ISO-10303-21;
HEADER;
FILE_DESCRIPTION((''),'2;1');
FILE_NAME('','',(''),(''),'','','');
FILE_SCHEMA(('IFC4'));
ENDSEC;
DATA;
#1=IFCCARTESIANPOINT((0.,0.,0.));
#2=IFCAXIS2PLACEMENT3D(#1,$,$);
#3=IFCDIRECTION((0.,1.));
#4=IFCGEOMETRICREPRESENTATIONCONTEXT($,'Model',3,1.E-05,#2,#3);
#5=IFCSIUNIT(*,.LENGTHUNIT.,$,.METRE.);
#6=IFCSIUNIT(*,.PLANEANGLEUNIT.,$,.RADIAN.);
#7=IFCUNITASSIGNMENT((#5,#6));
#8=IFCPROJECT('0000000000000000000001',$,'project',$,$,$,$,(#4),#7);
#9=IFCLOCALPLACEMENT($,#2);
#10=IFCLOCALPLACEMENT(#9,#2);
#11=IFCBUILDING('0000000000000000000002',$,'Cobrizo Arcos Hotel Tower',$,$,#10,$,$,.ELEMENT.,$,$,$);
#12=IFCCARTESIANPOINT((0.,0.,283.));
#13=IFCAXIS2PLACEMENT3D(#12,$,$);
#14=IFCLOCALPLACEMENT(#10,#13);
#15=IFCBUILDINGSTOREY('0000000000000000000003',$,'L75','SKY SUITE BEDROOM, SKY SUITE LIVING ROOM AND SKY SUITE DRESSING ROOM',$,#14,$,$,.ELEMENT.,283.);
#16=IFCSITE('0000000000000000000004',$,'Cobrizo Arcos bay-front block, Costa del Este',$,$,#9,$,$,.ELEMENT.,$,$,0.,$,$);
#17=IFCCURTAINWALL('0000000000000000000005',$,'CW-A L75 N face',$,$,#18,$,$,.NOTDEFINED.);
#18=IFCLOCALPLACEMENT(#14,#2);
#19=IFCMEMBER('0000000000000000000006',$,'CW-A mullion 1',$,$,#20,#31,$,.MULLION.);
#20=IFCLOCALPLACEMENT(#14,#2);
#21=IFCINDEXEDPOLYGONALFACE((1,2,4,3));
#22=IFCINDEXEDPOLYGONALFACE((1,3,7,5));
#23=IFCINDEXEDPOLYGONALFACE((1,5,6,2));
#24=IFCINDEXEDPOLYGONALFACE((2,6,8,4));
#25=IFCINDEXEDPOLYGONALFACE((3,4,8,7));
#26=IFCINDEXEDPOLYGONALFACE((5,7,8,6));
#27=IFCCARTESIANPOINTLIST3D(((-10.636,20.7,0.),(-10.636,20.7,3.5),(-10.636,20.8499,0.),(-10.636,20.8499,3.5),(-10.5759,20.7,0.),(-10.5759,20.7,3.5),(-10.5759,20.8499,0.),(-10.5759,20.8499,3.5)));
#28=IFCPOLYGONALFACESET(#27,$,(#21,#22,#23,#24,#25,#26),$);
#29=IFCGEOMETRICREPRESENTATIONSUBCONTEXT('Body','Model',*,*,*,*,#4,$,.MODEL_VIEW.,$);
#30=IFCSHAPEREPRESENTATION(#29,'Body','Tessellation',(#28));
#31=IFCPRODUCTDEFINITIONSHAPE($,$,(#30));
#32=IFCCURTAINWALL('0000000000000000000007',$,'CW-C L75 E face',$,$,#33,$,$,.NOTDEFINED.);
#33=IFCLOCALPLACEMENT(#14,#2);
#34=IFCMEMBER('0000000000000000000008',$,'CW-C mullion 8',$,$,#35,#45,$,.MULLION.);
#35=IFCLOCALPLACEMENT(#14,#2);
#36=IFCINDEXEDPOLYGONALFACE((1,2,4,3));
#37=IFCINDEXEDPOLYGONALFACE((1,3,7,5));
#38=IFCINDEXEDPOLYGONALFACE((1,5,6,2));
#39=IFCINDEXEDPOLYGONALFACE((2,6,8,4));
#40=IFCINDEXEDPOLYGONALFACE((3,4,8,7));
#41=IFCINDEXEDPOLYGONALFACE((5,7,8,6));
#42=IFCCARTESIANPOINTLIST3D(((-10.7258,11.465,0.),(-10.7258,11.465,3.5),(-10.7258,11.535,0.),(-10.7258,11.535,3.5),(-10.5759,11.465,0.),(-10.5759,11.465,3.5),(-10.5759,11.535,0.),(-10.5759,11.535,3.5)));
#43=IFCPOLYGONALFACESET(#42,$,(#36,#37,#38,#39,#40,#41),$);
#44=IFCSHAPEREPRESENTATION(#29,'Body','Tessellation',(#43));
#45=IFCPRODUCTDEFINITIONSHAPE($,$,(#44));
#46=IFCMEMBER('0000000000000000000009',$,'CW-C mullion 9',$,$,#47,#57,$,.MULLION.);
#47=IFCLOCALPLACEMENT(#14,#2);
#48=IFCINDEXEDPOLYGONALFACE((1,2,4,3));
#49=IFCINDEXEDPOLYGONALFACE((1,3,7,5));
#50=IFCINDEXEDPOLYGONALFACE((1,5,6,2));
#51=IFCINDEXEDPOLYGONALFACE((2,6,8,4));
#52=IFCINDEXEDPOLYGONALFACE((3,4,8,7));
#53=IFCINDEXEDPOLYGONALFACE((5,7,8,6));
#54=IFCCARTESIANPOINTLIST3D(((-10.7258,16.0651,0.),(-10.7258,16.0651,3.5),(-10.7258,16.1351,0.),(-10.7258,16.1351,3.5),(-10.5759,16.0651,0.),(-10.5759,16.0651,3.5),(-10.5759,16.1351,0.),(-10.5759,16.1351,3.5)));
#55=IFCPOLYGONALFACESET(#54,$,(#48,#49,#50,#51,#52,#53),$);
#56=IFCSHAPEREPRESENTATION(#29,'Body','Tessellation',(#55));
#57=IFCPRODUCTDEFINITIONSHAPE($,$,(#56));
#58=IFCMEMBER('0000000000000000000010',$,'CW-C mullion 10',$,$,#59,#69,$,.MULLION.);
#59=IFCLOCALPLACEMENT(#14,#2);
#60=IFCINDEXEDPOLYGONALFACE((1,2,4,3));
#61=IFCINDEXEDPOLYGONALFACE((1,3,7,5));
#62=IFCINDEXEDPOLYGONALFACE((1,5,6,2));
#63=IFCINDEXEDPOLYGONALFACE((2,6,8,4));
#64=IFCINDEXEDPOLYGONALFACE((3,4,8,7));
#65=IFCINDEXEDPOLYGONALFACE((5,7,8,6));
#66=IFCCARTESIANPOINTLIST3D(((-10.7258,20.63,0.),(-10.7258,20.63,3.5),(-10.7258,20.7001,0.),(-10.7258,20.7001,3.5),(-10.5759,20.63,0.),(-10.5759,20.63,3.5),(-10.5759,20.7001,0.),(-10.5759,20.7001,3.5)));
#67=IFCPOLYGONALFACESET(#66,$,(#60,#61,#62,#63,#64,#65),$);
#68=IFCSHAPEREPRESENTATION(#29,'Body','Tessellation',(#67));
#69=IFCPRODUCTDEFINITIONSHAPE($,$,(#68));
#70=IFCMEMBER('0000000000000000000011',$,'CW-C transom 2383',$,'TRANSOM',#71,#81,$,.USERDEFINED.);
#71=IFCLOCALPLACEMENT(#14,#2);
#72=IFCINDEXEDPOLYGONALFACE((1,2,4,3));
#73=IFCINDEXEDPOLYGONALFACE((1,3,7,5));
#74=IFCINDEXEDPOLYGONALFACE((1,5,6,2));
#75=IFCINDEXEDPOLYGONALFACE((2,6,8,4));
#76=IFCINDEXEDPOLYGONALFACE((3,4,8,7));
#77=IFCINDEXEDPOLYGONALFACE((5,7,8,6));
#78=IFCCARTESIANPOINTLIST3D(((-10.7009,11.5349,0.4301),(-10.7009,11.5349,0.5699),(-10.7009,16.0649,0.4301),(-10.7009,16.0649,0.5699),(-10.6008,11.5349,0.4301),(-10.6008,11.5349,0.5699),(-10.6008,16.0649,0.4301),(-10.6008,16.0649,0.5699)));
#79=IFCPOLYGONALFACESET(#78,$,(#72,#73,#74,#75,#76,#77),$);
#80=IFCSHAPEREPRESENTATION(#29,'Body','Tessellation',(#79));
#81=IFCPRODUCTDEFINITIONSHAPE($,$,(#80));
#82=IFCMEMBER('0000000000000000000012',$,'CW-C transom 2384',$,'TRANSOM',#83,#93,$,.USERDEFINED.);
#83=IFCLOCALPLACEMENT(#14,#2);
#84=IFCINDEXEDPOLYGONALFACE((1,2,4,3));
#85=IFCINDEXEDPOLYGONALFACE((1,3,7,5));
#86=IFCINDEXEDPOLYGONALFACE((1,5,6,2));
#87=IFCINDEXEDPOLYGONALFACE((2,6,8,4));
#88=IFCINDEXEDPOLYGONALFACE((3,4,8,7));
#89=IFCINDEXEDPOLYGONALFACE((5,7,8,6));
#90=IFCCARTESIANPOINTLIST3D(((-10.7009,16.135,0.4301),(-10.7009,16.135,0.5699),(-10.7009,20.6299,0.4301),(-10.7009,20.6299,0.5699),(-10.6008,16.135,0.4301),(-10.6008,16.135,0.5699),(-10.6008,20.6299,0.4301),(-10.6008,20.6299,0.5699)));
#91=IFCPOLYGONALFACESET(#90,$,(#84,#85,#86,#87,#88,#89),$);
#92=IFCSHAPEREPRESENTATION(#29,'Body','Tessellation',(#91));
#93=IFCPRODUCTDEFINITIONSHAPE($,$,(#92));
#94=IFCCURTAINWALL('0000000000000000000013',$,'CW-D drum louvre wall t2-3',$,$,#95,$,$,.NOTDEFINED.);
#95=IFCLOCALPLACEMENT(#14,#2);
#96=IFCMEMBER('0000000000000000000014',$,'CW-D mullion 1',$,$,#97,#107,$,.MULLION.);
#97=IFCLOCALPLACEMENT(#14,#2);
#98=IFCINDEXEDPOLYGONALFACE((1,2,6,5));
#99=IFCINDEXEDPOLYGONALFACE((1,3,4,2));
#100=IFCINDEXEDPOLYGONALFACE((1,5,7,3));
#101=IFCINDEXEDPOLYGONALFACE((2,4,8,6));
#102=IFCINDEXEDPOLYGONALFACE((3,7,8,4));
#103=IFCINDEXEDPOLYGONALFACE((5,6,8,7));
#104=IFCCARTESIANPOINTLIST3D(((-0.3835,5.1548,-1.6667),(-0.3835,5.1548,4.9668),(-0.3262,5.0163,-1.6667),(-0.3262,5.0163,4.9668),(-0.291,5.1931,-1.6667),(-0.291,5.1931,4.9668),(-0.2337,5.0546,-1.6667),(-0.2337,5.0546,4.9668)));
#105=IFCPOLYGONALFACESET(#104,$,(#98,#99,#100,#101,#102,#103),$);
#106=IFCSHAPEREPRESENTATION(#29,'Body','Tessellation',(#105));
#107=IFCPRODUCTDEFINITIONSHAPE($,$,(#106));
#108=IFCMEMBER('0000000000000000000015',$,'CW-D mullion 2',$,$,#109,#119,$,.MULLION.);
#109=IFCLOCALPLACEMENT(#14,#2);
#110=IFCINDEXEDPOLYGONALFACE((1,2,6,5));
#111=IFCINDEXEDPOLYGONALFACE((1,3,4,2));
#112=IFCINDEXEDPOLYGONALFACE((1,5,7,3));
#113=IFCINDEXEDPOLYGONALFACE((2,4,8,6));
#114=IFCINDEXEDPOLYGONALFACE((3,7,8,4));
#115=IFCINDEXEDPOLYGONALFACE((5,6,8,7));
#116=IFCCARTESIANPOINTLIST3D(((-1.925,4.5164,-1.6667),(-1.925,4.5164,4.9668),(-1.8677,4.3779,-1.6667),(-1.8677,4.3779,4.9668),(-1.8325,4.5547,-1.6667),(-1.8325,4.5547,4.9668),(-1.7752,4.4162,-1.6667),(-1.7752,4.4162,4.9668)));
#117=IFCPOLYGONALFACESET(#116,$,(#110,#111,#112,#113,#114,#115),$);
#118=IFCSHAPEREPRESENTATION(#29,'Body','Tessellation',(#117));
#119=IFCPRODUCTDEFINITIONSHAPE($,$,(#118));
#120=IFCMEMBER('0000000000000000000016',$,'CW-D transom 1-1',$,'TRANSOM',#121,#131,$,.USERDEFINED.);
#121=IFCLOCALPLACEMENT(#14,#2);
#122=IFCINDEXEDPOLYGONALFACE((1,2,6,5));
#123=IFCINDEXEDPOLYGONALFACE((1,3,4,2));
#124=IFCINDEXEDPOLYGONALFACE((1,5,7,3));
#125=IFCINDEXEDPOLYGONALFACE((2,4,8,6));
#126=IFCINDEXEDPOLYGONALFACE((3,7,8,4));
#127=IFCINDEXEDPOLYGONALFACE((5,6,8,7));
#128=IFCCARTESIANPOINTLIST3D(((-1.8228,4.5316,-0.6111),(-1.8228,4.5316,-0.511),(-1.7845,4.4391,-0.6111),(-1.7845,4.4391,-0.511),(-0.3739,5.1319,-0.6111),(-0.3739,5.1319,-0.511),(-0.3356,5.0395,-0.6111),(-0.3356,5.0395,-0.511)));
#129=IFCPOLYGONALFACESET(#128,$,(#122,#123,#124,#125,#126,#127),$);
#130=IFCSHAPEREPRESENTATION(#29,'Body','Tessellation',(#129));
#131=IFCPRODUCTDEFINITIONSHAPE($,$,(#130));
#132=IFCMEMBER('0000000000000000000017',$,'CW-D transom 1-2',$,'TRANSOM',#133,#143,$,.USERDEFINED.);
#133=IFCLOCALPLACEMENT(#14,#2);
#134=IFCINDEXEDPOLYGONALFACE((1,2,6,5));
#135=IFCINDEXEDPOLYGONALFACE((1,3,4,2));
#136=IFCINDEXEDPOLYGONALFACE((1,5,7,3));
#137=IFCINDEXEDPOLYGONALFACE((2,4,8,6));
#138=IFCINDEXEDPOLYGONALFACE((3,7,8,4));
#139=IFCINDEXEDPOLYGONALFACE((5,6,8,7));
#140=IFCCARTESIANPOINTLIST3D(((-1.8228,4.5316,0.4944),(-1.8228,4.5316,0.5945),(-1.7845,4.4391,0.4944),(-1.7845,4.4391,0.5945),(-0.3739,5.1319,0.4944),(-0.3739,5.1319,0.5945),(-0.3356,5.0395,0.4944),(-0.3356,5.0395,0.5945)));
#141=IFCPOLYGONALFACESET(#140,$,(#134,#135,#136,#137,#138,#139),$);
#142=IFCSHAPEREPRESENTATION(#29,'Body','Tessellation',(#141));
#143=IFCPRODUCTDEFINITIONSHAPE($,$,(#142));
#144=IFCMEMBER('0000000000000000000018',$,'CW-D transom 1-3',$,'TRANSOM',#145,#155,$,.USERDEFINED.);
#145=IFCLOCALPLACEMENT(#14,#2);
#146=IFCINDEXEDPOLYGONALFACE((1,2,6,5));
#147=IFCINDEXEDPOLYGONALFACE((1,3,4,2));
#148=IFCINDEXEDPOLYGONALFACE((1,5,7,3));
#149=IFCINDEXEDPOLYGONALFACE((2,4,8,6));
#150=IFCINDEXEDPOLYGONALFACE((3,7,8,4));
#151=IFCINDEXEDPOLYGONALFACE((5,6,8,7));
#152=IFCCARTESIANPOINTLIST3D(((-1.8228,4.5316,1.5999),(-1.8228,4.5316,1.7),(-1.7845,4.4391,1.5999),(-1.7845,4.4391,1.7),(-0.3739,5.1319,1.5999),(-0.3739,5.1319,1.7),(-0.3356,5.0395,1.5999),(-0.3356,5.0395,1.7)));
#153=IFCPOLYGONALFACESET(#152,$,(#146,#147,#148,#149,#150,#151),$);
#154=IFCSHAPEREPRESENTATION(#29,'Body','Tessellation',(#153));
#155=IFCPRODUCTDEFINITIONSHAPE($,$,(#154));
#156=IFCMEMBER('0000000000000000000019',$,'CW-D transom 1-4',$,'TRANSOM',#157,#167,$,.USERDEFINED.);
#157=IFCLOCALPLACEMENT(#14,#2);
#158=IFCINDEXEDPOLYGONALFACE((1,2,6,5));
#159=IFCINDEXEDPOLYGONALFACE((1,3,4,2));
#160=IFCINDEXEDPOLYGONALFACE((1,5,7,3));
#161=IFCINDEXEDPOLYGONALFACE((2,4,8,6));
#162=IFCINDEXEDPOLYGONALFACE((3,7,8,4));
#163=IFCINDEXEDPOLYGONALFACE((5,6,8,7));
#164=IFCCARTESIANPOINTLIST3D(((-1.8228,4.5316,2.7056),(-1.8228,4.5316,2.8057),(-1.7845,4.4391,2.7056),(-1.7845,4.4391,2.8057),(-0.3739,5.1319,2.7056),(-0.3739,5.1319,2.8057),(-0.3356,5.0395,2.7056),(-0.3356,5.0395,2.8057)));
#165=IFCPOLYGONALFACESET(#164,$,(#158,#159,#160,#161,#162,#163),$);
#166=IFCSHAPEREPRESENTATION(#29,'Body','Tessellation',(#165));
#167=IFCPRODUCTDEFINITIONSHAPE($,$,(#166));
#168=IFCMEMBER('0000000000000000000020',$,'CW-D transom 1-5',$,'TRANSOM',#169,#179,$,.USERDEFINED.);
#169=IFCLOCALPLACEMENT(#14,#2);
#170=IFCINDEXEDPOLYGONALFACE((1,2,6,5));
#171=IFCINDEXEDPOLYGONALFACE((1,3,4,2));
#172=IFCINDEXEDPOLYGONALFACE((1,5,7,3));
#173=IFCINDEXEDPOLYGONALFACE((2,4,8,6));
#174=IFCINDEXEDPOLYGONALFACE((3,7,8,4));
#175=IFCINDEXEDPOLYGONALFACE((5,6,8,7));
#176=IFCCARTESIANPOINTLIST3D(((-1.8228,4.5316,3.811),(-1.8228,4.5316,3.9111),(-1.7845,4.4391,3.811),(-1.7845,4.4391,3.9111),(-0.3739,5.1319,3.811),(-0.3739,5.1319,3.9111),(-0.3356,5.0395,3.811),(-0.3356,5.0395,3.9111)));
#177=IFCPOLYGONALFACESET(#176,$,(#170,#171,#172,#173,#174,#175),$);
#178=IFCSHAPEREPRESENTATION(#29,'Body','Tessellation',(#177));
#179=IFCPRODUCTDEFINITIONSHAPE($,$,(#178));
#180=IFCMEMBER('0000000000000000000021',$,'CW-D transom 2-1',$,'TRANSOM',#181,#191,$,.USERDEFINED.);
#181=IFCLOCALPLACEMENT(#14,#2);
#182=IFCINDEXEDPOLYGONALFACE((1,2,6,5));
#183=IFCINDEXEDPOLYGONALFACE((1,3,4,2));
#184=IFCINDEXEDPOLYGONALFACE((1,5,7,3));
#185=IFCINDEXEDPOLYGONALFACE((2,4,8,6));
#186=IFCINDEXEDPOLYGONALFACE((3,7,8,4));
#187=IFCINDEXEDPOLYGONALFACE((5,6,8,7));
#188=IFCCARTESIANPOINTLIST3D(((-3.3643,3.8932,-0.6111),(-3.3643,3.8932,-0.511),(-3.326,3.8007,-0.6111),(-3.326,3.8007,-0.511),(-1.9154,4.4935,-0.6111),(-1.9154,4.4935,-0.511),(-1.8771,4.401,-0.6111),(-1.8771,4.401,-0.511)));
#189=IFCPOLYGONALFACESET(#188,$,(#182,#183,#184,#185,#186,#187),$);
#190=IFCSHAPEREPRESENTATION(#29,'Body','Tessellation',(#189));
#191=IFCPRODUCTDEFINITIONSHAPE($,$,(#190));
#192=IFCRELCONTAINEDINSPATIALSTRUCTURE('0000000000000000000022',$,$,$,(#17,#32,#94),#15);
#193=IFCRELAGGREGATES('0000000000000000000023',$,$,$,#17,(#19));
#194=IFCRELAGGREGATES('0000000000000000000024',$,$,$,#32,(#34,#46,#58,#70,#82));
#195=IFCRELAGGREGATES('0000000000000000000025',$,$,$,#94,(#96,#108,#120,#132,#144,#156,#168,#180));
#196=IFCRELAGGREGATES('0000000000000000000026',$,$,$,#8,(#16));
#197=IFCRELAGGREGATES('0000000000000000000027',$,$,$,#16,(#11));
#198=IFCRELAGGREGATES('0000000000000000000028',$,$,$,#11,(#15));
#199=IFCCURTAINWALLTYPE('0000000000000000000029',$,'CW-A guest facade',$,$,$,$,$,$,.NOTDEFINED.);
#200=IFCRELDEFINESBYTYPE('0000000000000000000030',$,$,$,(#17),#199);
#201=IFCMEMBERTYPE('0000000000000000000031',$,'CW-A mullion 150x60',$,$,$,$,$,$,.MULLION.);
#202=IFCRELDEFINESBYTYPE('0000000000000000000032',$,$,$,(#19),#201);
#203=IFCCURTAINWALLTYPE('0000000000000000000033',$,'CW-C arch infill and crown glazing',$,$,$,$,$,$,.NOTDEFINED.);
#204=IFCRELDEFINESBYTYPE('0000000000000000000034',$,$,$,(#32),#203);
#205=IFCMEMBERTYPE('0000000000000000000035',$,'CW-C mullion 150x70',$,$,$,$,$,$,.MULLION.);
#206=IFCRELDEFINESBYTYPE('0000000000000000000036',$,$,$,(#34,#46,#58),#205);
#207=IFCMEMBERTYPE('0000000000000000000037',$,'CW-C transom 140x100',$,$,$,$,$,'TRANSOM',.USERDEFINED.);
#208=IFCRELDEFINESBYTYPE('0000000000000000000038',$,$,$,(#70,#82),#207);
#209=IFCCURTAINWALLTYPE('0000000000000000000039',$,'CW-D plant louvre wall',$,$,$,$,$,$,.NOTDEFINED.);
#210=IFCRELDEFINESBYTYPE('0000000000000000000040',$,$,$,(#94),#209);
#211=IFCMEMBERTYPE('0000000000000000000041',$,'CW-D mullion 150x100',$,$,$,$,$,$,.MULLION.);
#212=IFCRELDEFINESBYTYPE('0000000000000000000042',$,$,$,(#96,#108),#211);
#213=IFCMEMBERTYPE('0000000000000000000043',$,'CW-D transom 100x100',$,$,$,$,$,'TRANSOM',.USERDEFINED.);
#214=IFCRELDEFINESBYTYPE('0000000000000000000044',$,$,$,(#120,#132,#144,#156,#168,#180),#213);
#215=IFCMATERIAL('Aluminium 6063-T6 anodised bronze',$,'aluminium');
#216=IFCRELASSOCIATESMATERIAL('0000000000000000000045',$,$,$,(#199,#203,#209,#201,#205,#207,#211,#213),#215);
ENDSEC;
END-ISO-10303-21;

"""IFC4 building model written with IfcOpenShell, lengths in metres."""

from ifc_helpers import new_model, si_unit, direction, frame, origin, origin_2d, place, context, subcontext, project, spatial, rectangle, extrude, material, material_profile, profile_set, type_object, element, aggregate, save


model = new_model("IFC4")

# Units and contexts
model_context = context("Model", 3, precision=1e-05, world=origin(), true_north=direction((0.0, 1.0)))
body_context = subcontext(model_context, "Body", "Model", "MODEL_VIEW")
ifc_project = project(units=[si_unit("LENGTHUNIT", "METRE"), si_unit("PLANEANGLEUNIT", "RADIAN")], contexts=[model_context])

# Site, building, storey
site_placement = place(None, origin())
site = spatial("IfcSite", under=ifc_project, at=site_placement, Name="Cobrizo Arcos bay-front block, Costa del Este", CompositionType="ELEMENT", RefElevation=0.0)
building_placement = place(site_placement, origin())
building = spatial("IfcBuilding", under=site, at=building_placement, Name="Cobrizo Arcos Hotel Tower", CompositionType="ELEMENT")
storey_placement = place(building_placement, frame((0.0, 0.0, 283.0)))
storey = spatial("IfcBuildingStorey", under=building, at=storey_placement, Name="L75", Description="SKY SUITE BEDROOM, SKY SUITE LIVING ROOM AND SKY SUITE DRESSING ROOM", CompositionType="ELEMENT", Elevation=283.0)

# Curtain wall, member
ifc_material_1 = material(Name="Aluminium 6063-T6 anodised bronze", Category="aluminium")
curtain_wall_type_1 = type_object("IfcCurtainWallType", Name="CW-A guest facade", PredefinedType="NOTDEFINED", material=ifc_material_1)
curtain_wall_1_placement = place(storey_placement, origin())
curtain_wall_1 = element("IfcCurtainWall", 1, at=curtain_wall_1_placement, inside=storey, type_object=curtain_wall_type_1, Name="CW-A L75 N face", PredefinedType="NOTDEFINED")
ifc_material_profile_1 = material_profile(ifc_material_1, rectangle(XDim=0.1499, YDim=0.0601, at=origin_2d()), Name="CW-A mullion 150x60")
ifc_profile_set_1 = profile_set([ifc_material_profile_1], Name="Aluminium 6063-T6 anodised bronze")
member_type_1 = type_object("IfcMemberType", Name="CW-A mullion 150x60", PredefinedType="MULLION", material=ifc_profile_set_1)
member_1_placement = place(storey_placement, frame((-10.606, 20.7749, 0.0), z_axis=(0.0, 0.0, 1.0), x_axis=(0.0, 1.0, 0.0)))
member_1 = element("IfcMember", 2, at=member_1_placement, type_object=member_type_1, Name="CW-A mullion 1", PredefinedType="MULLION", context=body_context, shape_type="SweptSolid", body=[
    extrude(rectangle(XDim=0.1499, YDim=0.0601, at=origin_2d()), origin(), (0.0, 0.0, 1.0), 3.5),
])
aggregate(curtain_wall_1, [member_1])

# Curtain walls, members
curtain_wall_type_2 = type_object("IfcCurtainWallType", Name="CW-C arch infill and crown glazing", PredefinedType="NOTDEFINED", material=ifc_material_1)
curtain_wall_2_placement = place(storey_placement, origin())
curtain_wall_2 = element("IfcCurtainWall", 3, at=curtain_wall_2_placement, inside=storey, type_object=curtain_wall_type_2, Name="CW-C L75 E face", PredefinedType="NOTDEFINED")
ifc_material_profile_2 = material_profile(ifc_material_1, rectangle(XDim=0.1499, YDim=0.0701, at=origin_2d()), Name="CW-C mullion 150x70")
ifc_profile_set_2 = profile_set([ifc_material_profile_2], Name="Aluminium 6063-T6 anodised bronze")
member_type_2 = type_object("IfcMemberType", Name="CW-C mullion 150x70", PredefinedType="MULLION", material=ifc_profile_set_2)
member_2_placement = place(storey_placement, frame((-10.6509, 11.5, 0.0), z_axis=(0.0, 0.0, 1.0), x_axis=(1.0, 0.0, 0.0)))
member_2 = element("IfcMember", 4, at=member_2_placement, type_object=member_type_2, Name="CW-C mullion 8", PredefinedType="MULLION", context=body_context, shape_type="SweptSolid", body=[
    extrude(rectangle(XDim=0.1499, YDim=0.0701, at=origin_2d()), origin(), (0.0, 0.0, 1.0), 3.5),
])
member_3_placement = place(storey_placement, frame((-10.6509, 16.1001, 0.0), z_axis=(0.0, 0.0, 1.0), x_axis=(1.0, 0.0, 0.0)))
member_3 = element("IfcMember", 5, at=member_3_placement, type_object=member_type_2, Name="CW-C mullion 9", PredefinedType="MULLION", context=body_context, shape_type="SweptSolid", body=[
    extrude(rectangle(XDim=0.1499, YDim=0.0701, at=origin_2d()), origin(), (0.0, 0.0, 1.0), 3.5),
])
member_4_placement = place(storey_placement, frame((-10.6509, 20.665, 0.0), z_axis=(0.0, 0.0, 1.0), x_axis=(1.0, 0.0, 0.0)))
member_4 = element("IfcMember", 6, at=member_4_placement, type_object=member_type_2, Name="CW-C mullion 10", PredefinedType="MULLION", context=body_context, shape_type="SweptSolid", body=[
    extrude(rectangle(XDim=0.1499, YDim=0.0701, at=origin_2d()), origin(), (0.0, 0.0, 1.0), 3.5),
])
ifc_material_profile_3 = material_profile(ifc_material_1, rectangle(XDim=0.1001, YDim=0.1399, at=origin_2d()), Name="CW-C transom 140x100")
ifc_profile_set_3 = profile_set([ifc_material_profile_3], Name="Aluminium 6063-T6 anodised bronze")
member_type_3 = type_object("IfcMemberType", Name="CW-C transom 140x100", ElementType="TRANSOM", PredefinedType="USERDEFINED", material=ifc_profile_set_3)
member_5_placement = place(storey_placement, frame((-10.6509, 11.5349, 0.5), z_axis=(0.0, 1.0, 0.0), x_axis=(-1.0, 0.0, 0.0)))
member_5 = element("IfcMember", 7, at=member_5_placement, type_object=member_type_3, Name="CW-C transom 2383", ObjectType="TRANSOM", PredefinedType="USERDEFINED", context=body_context, shape_type="SweptSolid", body=[
    extrude(rectangle(XDim=0.1001, YDim=0.1399, at=origin_2d()), origin(), (0.0, 0.0, 1.0), 4.53),
])
member_6_placement = place(storey_placement, frame((-10.6509, 16.135, 0.5), z_axis=(0.0, 1.0, 0.0), x_axis=(-1.0, 0.0, 0.0)))
member_6 = element("IfcMember", 8, at=member_6_placement, type_object=member_type_3, Name="CW-C transom 2384", ObjectType="TRANSOM", PredefinedType="USERDEFINED", context=body_context, shape_type="SweptSolid", body=[
    extrude(rectangle(XDim=0.1001, YDim=0.1399, at=origin_2d()), origin(), (0.0, 0.0, 1.0), 4.4949),
])
curtain_wall_type_3 = type_object("IfcCurtainWallType", Name="CW-D plant louvre wall", PredefinedType="NOTDEFINED", material=ifc_material_1)
curtain_wall_3_placement = place(storey_placement, origin())
curtain_wall_3 = element("IfcCurtainWall", 9, at=curtain_wall_3_placement, inside=storey, type_object=curtain_wall_type_3, Name="CW-D drum louvre wall t2-3", PredefinedType="NOTDEFINED")
ifc_material_profile_4 = material_profile(ifc_material_1, rectangle(XDim=0.1499, YDim=0.1001, at=origin_2d()), Name="CW-D mullion 150x100")
ifc_profile_set_4 = profile_set([ifc_material_profile_4], Name="Aluminium 6063-T6 anodised bronze")
member_type_4 = type_object("IfcMemberType", Name="CW-D mullion 150x100", PredefinedType="MULLION", material=ifc_profile_set_4)
member_7_placement = place(storey_placement, frame((-0.3086, 5.1047, -1.6667), z_axis=(0.0, 0.0, 1.0), x_axis=(-0.382683, 0.92388, 0.0)))
member_7 = element("IfcMember", 10, at=member_7_placement, type_object=member_type_4, Name="CW-D mullion 1", PredefinedType="MULLION", context=body_context, shape_type="SweptSolid", body=[
    extrude(rectangle(XDim=0.1499, YDim=0.1001, at=origin_2d()), origin(), (0.0, 0.0, 1.0), 6.6335),
])
member_8_placement = place(storey_placement, frame((-1.8501, 4.4663, -1.6667), z_axis=(0.0, 0.0, 1.0), x_axis=(-0.382683, 0.92388, 0.0)))
member_8 = element("IfcMember", 11, at=member_8_placement, type_object=member_type_4, Name="CW-D mullion 2", PredefinedType="MULLION", context=body_context, shape_type="SweptSolid", body=[
    extrude(rectangle(XDim=0.1499, YDim=0.1001, at=origin_2d()), origin(), (0.0, 0.0, 1.0), 6.6335),
])
ifc_material_profile_5 = material_profile(ifc_material_1, rectangle(XDim=0.1001, YDim=0.1001, at=origin_2d()), Name="CW-D transom 100x100")
ifc_profile_set_5 = profile_set([ifc_material_profile_5], Name="Aluminium 6063-T6 anodised bronze")
member_type_5 = type_object("IfcMemberType", Name="CW-D transom 100x100", ElementType="TRANSOM", PredefinedType="USERDEFINED", material=ifc_profile_set_5)
member_9_placement = place(storey_placement, frame((-0.3547, 5.0857, -0.561), z_axis=(-0.923844, -0.382769, 0.0), x_axis=(0.382769, -0.923844, 0.0)))
member_9 = element("IfcMember", 12, at=member_9_placement, type_object=member_type_5, Name="CW-D transom 1-1", ObjectType="TRANSOM", PredefinedType="USERDEFINED", context=body_context, shape_type="SweptSolid", body=[
    extrude(rectangle(XDim=0.1001, YDim=0.1001, at=origin_2d()), origin(), (0.0, 0.0, 1.0), 1.5684),
])
member_10_placement = place(storey_placement, frame((-0.3547, 5.0857, 0.5444), z_axis=(-0.923844, -0.382769, 0.0), x_axis=(0.382769, -0.923844, 0.0)))
member_10 = element("IfcMember", 13, at=member_10_placement, type_object=member_type_5, Name="CW-D transom 1-2", ObjectType="TRANSOM", PredefinedType="USERDEFINED", context=body_context, shape_type="SweptSolid", body=[
    extrude(rectangle(XDim=0.1001, YDim=0.1001, at=origin_2d()), origin(), (0.0, 0.0, 1.0), 1.5684),
])
member_11_placement = place(storey_placement, frame((-0.3547, 5.0857, 1.6499), z_axis=(-0.923844, -0.382769, 0.0), x_axis=(0.382769, -0.923844, 0.0)))
member_11 = element("IfcMember", 14, at=member_11_placement, type_object=member_type_5, Name="CW-D transom 1-3", ObjectType="TRANSOM", PredefinedType="USERDEFINED", context=body_context, shape_type="SweptSolid", body=[
    extrude(rectangle(XDim=0.1001, YDim=0.1001, at=origin_2d()), origin(), (0.0, 0.0, 1.0), 1.5684),
])
member_12_placement = place(storey_placement, frame((-0.3547, 5.0857, 2.7556), z_axis=(-0.923844, -0.382769, 0.0), x_axis=(0.382769, -0.923844, 0.0)))
member_12 = element("IfcMember", 15, at=member_12_placement, type_object=member_type_5, Name="CW-D transom 1-4", ObjectType="TRANSOM", PredefinedType="USERDEFINED", context=body_context, shape_type="SweptSolid", body=[
    extrude(rectangle(XDim=0.1001, YDim=0.1001, at=origin_2d()), origin(), (0.0, 0.0, 1.0), 1.5684),
])
member_13_placement = place(storey_placement, frame((-0.3547, 5.0857, 3.8611), z_axis=(-0.923844, -0.382769, 0.0), x_axis=(0.382769, -0.923844, 0.0)))
member_13 = element("IfcMember", 16, at=member_13_placement, type_object=member_type_5, Name="CW-D transom 1-5", ObjectType="TRANSOM", PredefinedType="USERDEFINED", context=body_context, shape_type="SweptSolid", body=[
    extrude(rectangle(XDim=0.1001, YDim=0.1001, at=origin_2d()), origin(), (0.0, 0.0, 1.0), 1.5684),
])
member_14_placement = place(storey_placement, frame((-1.8962, 4.4473, -0.561), z_axis=(-0.923844, -0.382769, 0.0), x_axis=(0.382769, -0.923844, 0.0)))
member_14 = element("IfcMember", 17, at=member_14_placement, type_object=member_type_5, Name="CW-D transom 2-1", ObjectType="TRANSOM", PredefinedType="USERDEFINED", context=body_context, shape_type="SweptSolid", body=[
    extrude(rectangle(XDim=0.1001, YDim=0.1001, at=origin_2d()), origin(), (0.0, 0.0, 1.0), 1.5684),
])

aggregate(curtain_wall_2, [member_2, member_3, member_4, member_5, member_6])
aggregate(curtain_wall_3, [member_7, member_8, member_9, member_10, member_11, member_12, member_13, member_14])

save(model, "model.ifc")
